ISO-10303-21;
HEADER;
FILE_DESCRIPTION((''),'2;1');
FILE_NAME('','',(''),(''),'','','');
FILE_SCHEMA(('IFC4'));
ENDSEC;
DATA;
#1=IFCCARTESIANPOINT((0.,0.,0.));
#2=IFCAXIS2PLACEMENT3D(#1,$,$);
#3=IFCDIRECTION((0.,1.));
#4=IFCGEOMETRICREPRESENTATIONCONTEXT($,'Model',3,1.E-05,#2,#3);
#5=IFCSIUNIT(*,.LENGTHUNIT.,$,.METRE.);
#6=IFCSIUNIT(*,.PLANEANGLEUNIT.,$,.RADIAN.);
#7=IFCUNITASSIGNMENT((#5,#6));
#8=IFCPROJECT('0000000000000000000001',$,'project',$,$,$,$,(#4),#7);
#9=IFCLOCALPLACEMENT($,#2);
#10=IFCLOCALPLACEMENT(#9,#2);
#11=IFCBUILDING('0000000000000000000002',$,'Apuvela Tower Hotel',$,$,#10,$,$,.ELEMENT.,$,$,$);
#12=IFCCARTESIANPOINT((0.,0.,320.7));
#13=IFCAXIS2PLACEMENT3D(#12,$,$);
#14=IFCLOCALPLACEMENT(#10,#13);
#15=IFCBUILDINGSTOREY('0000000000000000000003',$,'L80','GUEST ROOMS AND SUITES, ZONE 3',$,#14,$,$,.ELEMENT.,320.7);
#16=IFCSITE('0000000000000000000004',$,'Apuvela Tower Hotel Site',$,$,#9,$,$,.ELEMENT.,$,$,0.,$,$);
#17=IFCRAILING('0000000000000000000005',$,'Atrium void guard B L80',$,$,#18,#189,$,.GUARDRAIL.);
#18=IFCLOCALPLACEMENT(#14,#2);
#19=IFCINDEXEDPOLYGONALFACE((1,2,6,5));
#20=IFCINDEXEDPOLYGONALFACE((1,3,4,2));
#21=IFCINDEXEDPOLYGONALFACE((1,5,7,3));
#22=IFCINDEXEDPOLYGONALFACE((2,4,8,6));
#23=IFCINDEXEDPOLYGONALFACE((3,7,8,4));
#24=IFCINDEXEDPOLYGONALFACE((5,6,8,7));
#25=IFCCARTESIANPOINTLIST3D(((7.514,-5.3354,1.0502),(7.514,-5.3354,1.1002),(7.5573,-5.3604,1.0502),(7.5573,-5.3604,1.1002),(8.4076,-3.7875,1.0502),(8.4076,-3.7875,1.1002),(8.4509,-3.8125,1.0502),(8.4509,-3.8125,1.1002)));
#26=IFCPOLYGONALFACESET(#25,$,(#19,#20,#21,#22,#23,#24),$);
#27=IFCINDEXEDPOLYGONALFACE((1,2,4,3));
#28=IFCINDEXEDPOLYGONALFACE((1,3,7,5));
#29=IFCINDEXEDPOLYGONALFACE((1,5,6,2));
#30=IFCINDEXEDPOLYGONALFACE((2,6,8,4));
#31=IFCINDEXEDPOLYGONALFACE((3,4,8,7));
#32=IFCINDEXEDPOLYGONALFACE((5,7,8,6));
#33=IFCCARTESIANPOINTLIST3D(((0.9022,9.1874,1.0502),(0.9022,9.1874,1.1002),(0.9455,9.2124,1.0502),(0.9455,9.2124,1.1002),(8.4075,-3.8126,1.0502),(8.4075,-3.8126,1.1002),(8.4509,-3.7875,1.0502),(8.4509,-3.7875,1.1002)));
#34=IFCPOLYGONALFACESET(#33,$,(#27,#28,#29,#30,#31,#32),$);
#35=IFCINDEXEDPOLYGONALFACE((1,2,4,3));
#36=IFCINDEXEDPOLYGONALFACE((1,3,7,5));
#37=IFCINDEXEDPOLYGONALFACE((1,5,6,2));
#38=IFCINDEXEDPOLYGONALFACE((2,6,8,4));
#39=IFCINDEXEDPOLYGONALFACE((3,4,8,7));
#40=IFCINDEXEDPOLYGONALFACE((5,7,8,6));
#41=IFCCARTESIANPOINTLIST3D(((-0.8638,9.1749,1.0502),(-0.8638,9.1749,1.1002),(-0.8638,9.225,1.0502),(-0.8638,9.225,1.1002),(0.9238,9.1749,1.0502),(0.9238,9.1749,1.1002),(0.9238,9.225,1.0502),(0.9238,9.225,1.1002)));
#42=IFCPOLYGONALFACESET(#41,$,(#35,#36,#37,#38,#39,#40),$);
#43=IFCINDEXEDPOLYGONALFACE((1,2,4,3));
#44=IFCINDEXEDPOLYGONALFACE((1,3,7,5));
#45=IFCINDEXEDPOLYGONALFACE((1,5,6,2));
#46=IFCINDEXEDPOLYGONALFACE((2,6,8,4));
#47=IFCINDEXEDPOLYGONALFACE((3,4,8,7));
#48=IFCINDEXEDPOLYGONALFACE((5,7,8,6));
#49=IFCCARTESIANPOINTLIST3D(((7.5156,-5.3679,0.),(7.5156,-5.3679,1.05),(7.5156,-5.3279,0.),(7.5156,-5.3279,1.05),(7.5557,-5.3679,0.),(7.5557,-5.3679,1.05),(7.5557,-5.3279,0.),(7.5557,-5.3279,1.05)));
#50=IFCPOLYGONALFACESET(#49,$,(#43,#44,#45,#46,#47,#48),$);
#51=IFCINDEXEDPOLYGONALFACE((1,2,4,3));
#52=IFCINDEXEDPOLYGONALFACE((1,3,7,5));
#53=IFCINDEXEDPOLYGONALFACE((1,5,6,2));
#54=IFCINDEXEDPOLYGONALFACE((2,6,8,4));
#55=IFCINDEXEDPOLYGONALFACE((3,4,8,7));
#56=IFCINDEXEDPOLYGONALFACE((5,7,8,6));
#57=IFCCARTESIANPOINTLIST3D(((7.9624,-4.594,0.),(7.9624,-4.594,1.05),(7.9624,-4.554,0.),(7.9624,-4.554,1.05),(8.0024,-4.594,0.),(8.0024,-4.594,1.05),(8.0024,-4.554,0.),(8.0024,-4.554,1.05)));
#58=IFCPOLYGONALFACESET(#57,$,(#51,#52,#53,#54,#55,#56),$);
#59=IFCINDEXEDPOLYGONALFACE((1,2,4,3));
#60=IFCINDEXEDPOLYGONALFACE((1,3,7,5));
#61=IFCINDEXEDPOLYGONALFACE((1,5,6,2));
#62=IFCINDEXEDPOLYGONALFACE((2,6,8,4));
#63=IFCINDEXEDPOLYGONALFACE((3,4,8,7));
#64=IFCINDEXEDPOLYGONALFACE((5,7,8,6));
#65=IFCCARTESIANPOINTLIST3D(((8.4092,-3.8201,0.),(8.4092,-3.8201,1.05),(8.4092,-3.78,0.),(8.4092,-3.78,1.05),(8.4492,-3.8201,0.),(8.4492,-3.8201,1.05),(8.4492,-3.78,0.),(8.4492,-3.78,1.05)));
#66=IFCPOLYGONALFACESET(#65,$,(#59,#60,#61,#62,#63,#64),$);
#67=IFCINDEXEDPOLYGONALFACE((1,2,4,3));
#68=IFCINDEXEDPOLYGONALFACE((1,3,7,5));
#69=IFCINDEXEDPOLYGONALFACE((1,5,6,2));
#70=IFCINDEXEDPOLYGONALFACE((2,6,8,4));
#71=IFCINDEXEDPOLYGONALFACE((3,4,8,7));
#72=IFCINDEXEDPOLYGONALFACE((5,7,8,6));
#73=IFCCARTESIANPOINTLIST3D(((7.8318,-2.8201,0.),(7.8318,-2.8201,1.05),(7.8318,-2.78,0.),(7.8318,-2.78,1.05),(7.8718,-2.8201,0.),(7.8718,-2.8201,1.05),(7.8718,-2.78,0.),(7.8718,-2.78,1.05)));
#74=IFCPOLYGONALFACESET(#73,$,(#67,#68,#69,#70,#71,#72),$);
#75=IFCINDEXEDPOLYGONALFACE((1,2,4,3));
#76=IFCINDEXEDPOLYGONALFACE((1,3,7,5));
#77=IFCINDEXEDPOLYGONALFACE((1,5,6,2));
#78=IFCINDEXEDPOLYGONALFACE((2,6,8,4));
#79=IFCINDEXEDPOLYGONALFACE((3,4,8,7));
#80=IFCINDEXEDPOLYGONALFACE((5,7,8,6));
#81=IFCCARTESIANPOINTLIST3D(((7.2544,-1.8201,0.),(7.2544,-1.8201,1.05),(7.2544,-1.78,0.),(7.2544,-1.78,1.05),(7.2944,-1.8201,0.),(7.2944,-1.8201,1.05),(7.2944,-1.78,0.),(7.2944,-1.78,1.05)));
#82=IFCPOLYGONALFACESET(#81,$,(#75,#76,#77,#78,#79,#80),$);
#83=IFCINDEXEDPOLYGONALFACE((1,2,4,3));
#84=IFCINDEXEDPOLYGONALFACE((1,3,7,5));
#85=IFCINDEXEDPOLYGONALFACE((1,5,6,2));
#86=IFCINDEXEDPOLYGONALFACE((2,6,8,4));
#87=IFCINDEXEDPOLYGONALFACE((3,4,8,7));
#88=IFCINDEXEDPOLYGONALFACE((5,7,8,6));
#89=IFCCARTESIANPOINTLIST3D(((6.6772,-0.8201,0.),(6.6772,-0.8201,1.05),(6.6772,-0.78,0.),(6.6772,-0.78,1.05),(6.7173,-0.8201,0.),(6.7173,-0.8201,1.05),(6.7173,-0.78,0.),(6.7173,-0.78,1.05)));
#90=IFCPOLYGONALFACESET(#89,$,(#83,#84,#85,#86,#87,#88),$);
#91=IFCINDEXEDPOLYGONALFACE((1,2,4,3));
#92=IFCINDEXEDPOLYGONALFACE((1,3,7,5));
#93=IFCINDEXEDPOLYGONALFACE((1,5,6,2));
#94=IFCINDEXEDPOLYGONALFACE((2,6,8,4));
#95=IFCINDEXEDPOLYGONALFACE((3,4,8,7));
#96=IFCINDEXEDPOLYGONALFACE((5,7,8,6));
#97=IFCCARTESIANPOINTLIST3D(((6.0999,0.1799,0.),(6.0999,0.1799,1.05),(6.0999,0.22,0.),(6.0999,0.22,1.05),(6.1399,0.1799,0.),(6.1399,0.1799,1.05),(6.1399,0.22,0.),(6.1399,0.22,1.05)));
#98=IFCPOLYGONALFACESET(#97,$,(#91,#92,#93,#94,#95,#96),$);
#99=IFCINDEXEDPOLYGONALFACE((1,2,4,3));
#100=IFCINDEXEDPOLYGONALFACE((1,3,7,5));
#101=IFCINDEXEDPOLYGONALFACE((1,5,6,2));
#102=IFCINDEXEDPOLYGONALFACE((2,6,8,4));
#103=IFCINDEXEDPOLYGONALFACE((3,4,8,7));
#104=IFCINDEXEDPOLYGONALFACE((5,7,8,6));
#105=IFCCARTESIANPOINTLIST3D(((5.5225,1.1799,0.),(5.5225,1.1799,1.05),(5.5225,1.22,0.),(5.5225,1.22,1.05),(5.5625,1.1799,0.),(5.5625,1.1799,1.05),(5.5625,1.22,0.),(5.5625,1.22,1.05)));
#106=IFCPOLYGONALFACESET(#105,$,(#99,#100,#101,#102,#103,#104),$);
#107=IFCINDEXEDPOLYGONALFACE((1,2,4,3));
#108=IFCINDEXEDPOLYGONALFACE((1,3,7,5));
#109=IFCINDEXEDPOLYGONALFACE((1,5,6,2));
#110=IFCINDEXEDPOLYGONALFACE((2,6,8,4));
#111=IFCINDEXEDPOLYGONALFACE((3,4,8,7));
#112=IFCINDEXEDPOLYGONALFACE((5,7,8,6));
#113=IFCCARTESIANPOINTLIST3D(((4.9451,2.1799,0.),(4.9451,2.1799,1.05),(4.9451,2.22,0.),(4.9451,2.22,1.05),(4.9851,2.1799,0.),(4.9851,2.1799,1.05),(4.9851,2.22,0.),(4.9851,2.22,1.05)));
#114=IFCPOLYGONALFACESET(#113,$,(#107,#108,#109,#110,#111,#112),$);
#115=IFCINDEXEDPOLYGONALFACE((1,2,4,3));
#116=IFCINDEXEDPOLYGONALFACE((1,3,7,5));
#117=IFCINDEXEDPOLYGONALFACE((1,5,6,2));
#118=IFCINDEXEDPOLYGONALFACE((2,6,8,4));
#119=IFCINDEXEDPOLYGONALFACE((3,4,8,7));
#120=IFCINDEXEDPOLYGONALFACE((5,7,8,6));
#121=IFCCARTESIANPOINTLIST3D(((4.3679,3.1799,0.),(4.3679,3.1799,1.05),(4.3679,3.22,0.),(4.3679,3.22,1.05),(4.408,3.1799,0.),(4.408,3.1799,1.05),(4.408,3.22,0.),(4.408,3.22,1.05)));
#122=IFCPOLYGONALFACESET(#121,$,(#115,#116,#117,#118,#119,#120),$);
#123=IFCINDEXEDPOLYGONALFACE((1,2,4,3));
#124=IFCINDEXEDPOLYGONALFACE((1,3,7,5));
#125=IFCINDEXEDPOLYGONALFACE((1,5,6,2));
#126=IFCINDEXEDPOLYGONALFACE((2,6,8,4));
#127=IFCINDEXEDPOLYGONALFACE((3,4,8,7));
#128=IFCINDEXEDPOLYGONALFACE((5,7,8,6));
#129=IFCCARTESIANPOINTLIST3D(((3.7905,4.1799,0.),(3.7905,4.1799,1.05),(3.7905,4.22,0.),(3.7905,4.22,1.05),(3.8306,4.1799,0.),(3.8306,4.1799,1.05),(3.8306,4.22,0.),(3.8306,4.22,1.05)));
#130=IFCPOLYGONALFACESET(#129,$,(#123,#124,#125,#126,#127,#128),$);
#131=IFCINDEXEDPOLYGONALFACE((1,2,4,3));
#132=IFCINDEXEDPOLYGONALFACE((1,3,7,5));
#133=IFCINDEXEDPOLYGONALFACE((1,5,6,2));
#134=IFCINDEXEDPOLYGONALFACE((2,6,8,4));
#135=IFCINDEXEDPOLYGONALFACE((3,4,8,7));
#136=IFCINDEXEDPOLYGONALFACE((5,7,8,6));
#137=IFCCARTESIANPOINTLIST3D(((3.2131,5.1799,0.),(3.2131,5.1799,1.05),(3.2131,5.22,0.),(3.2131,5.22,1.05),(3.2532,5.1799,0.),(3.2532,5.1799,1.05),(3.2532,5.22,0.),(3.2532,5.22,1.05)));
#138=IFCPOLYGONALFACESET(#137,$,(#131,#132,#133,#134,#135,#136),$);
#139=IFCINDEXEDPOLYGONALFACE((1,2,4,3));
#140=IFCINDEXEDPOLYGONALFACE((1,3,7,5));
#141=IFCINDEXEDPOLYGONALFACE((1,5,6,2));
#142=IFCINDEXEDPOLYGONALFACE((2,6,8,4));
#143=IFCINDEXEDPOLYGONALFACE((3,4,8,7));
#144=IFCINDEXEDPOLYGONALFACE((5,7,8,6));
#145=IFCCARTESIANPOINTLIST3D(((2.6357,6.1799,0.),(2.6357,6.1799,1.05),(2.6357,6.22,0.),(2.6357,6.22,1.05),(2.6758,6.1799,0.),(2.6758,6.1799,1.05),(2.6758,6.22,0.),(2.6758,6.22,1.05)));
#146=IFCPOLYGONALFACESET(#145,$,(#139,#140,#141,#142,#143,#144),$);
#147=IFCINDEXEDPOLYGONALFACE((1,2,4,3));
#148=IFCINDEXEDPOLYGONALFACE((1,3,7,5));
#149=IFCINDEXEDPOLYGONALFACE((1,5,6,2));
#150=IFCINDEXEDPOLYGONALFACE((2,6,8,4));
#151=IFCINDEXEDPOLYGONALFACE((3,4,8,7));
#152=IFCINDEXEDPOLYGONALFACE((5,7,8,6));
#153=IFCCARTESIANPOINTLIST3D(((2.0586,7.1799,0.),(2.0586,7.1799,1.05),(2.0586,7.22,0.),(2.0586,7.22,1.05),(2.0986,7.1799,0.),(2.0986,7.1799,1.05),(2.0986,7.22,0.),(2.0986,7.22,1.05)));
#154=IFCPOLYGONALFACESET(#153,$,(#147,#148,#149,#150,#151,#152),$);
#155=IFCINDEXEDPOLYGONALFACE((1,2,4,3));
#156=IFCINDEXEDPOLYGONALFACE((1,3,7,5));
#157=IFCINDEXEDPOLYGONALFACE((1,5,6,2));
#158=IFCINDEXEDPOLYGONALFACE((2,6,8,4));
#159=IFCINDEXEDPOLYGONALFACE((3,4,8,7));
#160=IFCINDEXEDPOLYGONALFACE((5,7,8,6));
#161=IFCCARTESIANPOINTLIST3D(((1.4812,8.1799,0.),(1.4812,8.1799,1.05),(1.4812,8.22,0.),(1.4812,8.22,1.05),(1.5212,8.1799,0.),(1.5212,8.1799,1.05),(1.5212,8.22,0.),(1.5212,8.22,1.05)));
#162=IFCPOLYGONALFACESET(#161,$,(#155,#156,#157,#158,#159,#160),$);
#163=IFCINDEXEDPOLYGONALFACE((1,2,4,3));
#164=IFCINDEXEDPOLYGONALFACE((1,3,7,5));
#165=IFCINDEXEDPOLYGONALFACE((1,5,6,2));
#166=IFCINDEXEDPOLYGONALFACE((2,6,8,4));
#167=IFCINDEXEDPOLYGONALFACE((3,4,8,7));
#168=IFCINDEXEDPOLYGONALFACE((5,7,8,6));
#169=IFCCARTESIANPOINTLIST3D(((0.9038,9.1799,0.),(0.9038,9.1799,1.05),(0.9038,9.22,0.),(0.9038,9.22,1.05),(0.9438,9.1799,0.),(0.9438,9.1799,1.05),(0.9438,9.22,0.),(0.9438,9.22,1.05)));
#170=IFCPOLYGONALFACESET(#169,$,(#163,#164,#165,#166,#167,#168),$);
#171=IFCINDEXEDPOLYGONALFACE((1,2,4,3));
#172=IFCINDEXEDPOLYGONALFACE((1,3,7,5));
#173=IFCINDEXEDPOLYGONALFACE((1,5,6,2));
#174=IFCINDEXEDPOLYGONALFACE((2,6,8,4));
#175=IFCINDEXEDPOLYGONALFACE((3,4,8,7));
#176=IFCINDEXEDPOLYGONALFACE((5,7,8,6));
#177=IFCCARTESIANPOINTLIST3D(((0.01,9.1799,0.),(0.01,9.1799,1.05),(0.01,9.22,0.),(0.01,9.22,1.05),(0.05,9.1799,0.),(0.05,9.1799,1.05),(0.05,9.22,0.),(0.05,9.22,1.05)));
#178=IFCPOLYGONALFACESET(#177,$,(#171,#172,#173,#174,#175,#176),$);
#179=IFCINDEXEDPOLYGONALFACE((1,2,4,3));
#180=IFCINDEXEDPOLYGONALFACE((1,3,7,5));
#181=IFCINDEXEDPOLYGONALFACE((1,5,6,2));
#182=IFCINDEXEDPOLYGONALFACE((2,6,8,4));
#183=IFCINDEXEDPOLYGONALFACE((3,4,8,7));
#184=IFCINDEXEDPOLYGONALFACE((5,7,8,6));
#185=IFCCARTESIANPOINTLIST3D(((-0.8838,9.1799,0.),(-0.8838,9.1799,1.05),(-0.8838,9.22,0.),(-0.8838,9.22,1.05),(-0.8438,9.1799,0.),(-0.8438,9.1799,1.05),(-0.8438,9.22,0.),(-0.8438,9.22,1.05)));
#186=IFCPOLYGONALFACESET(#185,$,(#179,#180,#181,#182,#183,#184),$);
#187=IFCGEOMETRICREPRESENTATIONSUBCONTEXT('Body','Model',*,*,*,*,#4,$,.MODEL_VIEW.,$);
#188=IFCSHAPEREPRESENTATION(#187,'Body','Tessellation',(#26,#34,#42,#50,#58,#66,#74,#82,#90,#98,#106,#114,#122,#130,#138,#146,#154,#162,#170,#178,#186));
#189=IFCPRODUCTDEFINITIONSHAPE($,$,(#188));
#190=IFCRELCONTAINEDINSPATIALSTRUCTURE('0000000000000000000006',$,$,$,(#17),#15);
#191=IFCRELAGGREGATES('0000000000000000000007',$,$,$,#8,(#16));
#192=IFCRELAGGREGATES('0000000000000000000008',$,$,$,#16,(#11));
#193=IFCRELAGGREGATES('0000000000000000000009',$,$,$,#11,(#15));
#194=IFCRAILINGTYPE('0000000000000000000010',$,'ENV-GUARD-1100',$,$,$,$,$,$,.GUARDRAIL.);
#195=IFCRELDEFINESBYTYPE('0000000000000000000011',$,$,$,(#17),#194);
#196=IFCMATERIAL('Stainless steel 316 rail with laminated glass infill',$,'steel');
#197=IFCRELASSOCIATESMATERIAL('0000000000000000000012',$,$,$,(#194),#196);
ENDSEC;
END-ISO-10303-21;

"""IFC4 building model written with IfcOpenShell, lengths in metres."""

from ifc_helpers import new_model, si_unit, direction, frame, origin, origin_2d, place, context, subcontext, project, spatial, rectangle, extrude, material, type_object, element, save


model = new_model("IFC4")

# Units and contexts
model_context = context("Model", 3, precision=1e-05, world=origin(), true_north=direction((0.0, 1.0)))
body_context = subcontext(model_context, "Body", "Model", "MODEL_VIEW")
ifc_project = project(units=[si_unit("LENGTHUNIT", "METRE"), si_unit("PLANEANGLEUNIT", "RADIAN")], contexts=[model_context])

# Site, building, storey
site_placement = place(None, origin())
site = spatial("IfcSite", under=ifc_project, at=site_placement, Name="Apuvela Tower Hotel Site", CompositionType="ELEMENT", RefElevation=0.0)
building_placement = place(site_placement, origin())
building = spatial("IfcBuilding", under=site, at=building_placement, Name="Apuvela Tower Hotel", CompositionType="ELEMENT")
storey_placement = place(building_placement, frame((0.0, 0.0, 320.7)))
storey = spatial("IfcBuildingStorey", under=building, at=storey_placement, Name="L80", Description="GUEST ROOMS AND SUITES, ZONE 3", CompositionType="ELEMENT", Elevation=320.7)

# Railing
ifc_material_1 = material(Name="Stainless steel 316 rail with laminated glass infill", Category="steel")
railing_type_1 = type_object("IfcRailingType", Name="ENV-GUARD-1100", PredefinedType="GUARDRAIL", material=ifc_material_1)
railing_1_placement = place(storey_placement, frame((7.5356, -5.3479, 0.0)))
element("IfcRailing", 1, at=railing_1_placement, inside=storey, type_object=railing_type_1, Name="Atrium void guard B L80", PredefinedType="GUARDRAIL", context=body_context, shape_type="SweptSolid", body=[
    extrude(rectangle(XDim=0.05, YDim=0.05, at=origin_2d()), frame((0.0, 0.0, 1.0752), z_axis=(0.499959, 0.866049, 0.0), x_axis=(-0.866049, 0.499959, 0.0)), (0.0, 0.0, 1.0), 1.7874),
    extrude(rectangle(XDim=0.05, YDim=0.05, at=origin_2d()), frame((0.8936, 1.5479, 1.0752), z_axis=(-0.499991, 0.866031, 0.0), x_axis=(-0.866031, -0.499991, 0.0)), (0.0, 0.0, 1.0), 15.011),
    extrude(rectangle(XDim=0.05, YDim=0.05, at=origin_2d()), frame((-6.6118, 14.5479, 1.0752), z_axis=(-1.0, 0.0, 0.0), x_axis=(0.0, -1.0, 0.0)), (0.0, 0.0, 1.0), 1.7876),
    extrude(rectangle(XDim=0.04, YDim=0.04, at=origin_2d()), origin(), (0.0, 0.0, 1.0), 1.05),
    extrude(rectangle(XDim=0.04, YDim=0.04, at=origin_2d()), frame((0.4468, 0.7739, 0.0)), (0.0, 0.0, 1.0), 1.05),
    extrude(rectangle(XDim=0.04, YDim=0.04, at=origin_2d()), frame((0.8936, 1.5479, 0.0)), (0.0, 0.0, 1.0), 1.05),
    extrude(rectangle(XDim=0.04, YDim=0.04, at=origin_2d()), frame((0.3162, 2.5479, 0.0)), (0.0, 0.0, 1.0), 1.05),
    extrude(rectangle(XDim=0.04, YDim=0.04, at=origin_2d()), frame((-0.2612, 3.5479, 0.0)), (0.0, 0.0, 1.0), 1.05),
    extrude(rectangle(XDim=0.04, YDim=0.04, at=origin_2d()), frame((-0.8384, 4.5479, 0.0)), (0.0, 0.0, 1.0), 1.05),
    extrude(rectangle(XDim=0.04, YDim=0.04, at=origin_2d()), frame((-1.4158, 5.5479, 0.0)), (0.0, 0.0, 1.0), 1.05),
    extrude(rectangle(XDim=0.04, YDim=0.04, at=origin_2d()), frame((-1.9932, 6.5479, 0.0)), (0.0, 0.0, 1.0), 1.05),
    extrude(rectangle(XDim=0.04, YDim=0.04, at=origin_2d()), frame((-2.5706, 7.5479, 0.0)), (0.0, 0.0, 1.0), 1.05),
    extrude(rectangle(XDim=0.04, YDim=0.04, at=origin_2d()), frame((-3.1477, 8.5479, 0.0)), (0.0, 0.0, 1.0), 1.05),
    extrude(rectangle(XDim=0.04, YDim=0.04, at=origin_2d()), frame((-3.7251, 9.5479, 0.0)), (0.0, 0.0, 1.0), 1.05),
    extrude(rectangle(XDim=0.04, YDim=0.04, at=origin_2d()), frame((-4.3025, 10.5479, 0.0)), (0.0, 0.0, 1.0), 1.05),
    extrude(rectangle(XDim=0.04, YDim=0.04, at=origin_2d()), frame((-4.8799, 11.5479, 0.0)), (0.0, 0.0, 1.0), 1.05),
    extrude(rectangle(XDim=0.04, YDim=0.04, at=origin_2d()), frame((-5.457, 12.5479, 0.0)), (0.0, 0.0, 1.0), 1.05),
    extrude(rectangle(XDim=0.04, YDim=0.04, at=origin_2d()), frame((-6.0344, 13.5479, 0.0)), (0.0, 0.0, 1.0), 1.05),
    extrude(rectangle(XDim=0.04, YDim=0.04, at=origin_2d()), frame((-6.6118, 14.5479, 0.0)), (0.0, 0.0, 1.0), 1.05),
    extrude(rectangle(XDim=0.04, YDim=0.04, at=origin_2d()), frame((-7.5056, 14.5479, 0.0)), (0.0, 0.0, 1.0), 1.05),
    extrude(rectangle(XDim=0.04, YDim=0.04, at=origin_2d()), frame((-8.3994, 14.5479, 0.0)), (0.0, 0.0, 1.0), 1.05),
])

save(model, "model.ifc")
